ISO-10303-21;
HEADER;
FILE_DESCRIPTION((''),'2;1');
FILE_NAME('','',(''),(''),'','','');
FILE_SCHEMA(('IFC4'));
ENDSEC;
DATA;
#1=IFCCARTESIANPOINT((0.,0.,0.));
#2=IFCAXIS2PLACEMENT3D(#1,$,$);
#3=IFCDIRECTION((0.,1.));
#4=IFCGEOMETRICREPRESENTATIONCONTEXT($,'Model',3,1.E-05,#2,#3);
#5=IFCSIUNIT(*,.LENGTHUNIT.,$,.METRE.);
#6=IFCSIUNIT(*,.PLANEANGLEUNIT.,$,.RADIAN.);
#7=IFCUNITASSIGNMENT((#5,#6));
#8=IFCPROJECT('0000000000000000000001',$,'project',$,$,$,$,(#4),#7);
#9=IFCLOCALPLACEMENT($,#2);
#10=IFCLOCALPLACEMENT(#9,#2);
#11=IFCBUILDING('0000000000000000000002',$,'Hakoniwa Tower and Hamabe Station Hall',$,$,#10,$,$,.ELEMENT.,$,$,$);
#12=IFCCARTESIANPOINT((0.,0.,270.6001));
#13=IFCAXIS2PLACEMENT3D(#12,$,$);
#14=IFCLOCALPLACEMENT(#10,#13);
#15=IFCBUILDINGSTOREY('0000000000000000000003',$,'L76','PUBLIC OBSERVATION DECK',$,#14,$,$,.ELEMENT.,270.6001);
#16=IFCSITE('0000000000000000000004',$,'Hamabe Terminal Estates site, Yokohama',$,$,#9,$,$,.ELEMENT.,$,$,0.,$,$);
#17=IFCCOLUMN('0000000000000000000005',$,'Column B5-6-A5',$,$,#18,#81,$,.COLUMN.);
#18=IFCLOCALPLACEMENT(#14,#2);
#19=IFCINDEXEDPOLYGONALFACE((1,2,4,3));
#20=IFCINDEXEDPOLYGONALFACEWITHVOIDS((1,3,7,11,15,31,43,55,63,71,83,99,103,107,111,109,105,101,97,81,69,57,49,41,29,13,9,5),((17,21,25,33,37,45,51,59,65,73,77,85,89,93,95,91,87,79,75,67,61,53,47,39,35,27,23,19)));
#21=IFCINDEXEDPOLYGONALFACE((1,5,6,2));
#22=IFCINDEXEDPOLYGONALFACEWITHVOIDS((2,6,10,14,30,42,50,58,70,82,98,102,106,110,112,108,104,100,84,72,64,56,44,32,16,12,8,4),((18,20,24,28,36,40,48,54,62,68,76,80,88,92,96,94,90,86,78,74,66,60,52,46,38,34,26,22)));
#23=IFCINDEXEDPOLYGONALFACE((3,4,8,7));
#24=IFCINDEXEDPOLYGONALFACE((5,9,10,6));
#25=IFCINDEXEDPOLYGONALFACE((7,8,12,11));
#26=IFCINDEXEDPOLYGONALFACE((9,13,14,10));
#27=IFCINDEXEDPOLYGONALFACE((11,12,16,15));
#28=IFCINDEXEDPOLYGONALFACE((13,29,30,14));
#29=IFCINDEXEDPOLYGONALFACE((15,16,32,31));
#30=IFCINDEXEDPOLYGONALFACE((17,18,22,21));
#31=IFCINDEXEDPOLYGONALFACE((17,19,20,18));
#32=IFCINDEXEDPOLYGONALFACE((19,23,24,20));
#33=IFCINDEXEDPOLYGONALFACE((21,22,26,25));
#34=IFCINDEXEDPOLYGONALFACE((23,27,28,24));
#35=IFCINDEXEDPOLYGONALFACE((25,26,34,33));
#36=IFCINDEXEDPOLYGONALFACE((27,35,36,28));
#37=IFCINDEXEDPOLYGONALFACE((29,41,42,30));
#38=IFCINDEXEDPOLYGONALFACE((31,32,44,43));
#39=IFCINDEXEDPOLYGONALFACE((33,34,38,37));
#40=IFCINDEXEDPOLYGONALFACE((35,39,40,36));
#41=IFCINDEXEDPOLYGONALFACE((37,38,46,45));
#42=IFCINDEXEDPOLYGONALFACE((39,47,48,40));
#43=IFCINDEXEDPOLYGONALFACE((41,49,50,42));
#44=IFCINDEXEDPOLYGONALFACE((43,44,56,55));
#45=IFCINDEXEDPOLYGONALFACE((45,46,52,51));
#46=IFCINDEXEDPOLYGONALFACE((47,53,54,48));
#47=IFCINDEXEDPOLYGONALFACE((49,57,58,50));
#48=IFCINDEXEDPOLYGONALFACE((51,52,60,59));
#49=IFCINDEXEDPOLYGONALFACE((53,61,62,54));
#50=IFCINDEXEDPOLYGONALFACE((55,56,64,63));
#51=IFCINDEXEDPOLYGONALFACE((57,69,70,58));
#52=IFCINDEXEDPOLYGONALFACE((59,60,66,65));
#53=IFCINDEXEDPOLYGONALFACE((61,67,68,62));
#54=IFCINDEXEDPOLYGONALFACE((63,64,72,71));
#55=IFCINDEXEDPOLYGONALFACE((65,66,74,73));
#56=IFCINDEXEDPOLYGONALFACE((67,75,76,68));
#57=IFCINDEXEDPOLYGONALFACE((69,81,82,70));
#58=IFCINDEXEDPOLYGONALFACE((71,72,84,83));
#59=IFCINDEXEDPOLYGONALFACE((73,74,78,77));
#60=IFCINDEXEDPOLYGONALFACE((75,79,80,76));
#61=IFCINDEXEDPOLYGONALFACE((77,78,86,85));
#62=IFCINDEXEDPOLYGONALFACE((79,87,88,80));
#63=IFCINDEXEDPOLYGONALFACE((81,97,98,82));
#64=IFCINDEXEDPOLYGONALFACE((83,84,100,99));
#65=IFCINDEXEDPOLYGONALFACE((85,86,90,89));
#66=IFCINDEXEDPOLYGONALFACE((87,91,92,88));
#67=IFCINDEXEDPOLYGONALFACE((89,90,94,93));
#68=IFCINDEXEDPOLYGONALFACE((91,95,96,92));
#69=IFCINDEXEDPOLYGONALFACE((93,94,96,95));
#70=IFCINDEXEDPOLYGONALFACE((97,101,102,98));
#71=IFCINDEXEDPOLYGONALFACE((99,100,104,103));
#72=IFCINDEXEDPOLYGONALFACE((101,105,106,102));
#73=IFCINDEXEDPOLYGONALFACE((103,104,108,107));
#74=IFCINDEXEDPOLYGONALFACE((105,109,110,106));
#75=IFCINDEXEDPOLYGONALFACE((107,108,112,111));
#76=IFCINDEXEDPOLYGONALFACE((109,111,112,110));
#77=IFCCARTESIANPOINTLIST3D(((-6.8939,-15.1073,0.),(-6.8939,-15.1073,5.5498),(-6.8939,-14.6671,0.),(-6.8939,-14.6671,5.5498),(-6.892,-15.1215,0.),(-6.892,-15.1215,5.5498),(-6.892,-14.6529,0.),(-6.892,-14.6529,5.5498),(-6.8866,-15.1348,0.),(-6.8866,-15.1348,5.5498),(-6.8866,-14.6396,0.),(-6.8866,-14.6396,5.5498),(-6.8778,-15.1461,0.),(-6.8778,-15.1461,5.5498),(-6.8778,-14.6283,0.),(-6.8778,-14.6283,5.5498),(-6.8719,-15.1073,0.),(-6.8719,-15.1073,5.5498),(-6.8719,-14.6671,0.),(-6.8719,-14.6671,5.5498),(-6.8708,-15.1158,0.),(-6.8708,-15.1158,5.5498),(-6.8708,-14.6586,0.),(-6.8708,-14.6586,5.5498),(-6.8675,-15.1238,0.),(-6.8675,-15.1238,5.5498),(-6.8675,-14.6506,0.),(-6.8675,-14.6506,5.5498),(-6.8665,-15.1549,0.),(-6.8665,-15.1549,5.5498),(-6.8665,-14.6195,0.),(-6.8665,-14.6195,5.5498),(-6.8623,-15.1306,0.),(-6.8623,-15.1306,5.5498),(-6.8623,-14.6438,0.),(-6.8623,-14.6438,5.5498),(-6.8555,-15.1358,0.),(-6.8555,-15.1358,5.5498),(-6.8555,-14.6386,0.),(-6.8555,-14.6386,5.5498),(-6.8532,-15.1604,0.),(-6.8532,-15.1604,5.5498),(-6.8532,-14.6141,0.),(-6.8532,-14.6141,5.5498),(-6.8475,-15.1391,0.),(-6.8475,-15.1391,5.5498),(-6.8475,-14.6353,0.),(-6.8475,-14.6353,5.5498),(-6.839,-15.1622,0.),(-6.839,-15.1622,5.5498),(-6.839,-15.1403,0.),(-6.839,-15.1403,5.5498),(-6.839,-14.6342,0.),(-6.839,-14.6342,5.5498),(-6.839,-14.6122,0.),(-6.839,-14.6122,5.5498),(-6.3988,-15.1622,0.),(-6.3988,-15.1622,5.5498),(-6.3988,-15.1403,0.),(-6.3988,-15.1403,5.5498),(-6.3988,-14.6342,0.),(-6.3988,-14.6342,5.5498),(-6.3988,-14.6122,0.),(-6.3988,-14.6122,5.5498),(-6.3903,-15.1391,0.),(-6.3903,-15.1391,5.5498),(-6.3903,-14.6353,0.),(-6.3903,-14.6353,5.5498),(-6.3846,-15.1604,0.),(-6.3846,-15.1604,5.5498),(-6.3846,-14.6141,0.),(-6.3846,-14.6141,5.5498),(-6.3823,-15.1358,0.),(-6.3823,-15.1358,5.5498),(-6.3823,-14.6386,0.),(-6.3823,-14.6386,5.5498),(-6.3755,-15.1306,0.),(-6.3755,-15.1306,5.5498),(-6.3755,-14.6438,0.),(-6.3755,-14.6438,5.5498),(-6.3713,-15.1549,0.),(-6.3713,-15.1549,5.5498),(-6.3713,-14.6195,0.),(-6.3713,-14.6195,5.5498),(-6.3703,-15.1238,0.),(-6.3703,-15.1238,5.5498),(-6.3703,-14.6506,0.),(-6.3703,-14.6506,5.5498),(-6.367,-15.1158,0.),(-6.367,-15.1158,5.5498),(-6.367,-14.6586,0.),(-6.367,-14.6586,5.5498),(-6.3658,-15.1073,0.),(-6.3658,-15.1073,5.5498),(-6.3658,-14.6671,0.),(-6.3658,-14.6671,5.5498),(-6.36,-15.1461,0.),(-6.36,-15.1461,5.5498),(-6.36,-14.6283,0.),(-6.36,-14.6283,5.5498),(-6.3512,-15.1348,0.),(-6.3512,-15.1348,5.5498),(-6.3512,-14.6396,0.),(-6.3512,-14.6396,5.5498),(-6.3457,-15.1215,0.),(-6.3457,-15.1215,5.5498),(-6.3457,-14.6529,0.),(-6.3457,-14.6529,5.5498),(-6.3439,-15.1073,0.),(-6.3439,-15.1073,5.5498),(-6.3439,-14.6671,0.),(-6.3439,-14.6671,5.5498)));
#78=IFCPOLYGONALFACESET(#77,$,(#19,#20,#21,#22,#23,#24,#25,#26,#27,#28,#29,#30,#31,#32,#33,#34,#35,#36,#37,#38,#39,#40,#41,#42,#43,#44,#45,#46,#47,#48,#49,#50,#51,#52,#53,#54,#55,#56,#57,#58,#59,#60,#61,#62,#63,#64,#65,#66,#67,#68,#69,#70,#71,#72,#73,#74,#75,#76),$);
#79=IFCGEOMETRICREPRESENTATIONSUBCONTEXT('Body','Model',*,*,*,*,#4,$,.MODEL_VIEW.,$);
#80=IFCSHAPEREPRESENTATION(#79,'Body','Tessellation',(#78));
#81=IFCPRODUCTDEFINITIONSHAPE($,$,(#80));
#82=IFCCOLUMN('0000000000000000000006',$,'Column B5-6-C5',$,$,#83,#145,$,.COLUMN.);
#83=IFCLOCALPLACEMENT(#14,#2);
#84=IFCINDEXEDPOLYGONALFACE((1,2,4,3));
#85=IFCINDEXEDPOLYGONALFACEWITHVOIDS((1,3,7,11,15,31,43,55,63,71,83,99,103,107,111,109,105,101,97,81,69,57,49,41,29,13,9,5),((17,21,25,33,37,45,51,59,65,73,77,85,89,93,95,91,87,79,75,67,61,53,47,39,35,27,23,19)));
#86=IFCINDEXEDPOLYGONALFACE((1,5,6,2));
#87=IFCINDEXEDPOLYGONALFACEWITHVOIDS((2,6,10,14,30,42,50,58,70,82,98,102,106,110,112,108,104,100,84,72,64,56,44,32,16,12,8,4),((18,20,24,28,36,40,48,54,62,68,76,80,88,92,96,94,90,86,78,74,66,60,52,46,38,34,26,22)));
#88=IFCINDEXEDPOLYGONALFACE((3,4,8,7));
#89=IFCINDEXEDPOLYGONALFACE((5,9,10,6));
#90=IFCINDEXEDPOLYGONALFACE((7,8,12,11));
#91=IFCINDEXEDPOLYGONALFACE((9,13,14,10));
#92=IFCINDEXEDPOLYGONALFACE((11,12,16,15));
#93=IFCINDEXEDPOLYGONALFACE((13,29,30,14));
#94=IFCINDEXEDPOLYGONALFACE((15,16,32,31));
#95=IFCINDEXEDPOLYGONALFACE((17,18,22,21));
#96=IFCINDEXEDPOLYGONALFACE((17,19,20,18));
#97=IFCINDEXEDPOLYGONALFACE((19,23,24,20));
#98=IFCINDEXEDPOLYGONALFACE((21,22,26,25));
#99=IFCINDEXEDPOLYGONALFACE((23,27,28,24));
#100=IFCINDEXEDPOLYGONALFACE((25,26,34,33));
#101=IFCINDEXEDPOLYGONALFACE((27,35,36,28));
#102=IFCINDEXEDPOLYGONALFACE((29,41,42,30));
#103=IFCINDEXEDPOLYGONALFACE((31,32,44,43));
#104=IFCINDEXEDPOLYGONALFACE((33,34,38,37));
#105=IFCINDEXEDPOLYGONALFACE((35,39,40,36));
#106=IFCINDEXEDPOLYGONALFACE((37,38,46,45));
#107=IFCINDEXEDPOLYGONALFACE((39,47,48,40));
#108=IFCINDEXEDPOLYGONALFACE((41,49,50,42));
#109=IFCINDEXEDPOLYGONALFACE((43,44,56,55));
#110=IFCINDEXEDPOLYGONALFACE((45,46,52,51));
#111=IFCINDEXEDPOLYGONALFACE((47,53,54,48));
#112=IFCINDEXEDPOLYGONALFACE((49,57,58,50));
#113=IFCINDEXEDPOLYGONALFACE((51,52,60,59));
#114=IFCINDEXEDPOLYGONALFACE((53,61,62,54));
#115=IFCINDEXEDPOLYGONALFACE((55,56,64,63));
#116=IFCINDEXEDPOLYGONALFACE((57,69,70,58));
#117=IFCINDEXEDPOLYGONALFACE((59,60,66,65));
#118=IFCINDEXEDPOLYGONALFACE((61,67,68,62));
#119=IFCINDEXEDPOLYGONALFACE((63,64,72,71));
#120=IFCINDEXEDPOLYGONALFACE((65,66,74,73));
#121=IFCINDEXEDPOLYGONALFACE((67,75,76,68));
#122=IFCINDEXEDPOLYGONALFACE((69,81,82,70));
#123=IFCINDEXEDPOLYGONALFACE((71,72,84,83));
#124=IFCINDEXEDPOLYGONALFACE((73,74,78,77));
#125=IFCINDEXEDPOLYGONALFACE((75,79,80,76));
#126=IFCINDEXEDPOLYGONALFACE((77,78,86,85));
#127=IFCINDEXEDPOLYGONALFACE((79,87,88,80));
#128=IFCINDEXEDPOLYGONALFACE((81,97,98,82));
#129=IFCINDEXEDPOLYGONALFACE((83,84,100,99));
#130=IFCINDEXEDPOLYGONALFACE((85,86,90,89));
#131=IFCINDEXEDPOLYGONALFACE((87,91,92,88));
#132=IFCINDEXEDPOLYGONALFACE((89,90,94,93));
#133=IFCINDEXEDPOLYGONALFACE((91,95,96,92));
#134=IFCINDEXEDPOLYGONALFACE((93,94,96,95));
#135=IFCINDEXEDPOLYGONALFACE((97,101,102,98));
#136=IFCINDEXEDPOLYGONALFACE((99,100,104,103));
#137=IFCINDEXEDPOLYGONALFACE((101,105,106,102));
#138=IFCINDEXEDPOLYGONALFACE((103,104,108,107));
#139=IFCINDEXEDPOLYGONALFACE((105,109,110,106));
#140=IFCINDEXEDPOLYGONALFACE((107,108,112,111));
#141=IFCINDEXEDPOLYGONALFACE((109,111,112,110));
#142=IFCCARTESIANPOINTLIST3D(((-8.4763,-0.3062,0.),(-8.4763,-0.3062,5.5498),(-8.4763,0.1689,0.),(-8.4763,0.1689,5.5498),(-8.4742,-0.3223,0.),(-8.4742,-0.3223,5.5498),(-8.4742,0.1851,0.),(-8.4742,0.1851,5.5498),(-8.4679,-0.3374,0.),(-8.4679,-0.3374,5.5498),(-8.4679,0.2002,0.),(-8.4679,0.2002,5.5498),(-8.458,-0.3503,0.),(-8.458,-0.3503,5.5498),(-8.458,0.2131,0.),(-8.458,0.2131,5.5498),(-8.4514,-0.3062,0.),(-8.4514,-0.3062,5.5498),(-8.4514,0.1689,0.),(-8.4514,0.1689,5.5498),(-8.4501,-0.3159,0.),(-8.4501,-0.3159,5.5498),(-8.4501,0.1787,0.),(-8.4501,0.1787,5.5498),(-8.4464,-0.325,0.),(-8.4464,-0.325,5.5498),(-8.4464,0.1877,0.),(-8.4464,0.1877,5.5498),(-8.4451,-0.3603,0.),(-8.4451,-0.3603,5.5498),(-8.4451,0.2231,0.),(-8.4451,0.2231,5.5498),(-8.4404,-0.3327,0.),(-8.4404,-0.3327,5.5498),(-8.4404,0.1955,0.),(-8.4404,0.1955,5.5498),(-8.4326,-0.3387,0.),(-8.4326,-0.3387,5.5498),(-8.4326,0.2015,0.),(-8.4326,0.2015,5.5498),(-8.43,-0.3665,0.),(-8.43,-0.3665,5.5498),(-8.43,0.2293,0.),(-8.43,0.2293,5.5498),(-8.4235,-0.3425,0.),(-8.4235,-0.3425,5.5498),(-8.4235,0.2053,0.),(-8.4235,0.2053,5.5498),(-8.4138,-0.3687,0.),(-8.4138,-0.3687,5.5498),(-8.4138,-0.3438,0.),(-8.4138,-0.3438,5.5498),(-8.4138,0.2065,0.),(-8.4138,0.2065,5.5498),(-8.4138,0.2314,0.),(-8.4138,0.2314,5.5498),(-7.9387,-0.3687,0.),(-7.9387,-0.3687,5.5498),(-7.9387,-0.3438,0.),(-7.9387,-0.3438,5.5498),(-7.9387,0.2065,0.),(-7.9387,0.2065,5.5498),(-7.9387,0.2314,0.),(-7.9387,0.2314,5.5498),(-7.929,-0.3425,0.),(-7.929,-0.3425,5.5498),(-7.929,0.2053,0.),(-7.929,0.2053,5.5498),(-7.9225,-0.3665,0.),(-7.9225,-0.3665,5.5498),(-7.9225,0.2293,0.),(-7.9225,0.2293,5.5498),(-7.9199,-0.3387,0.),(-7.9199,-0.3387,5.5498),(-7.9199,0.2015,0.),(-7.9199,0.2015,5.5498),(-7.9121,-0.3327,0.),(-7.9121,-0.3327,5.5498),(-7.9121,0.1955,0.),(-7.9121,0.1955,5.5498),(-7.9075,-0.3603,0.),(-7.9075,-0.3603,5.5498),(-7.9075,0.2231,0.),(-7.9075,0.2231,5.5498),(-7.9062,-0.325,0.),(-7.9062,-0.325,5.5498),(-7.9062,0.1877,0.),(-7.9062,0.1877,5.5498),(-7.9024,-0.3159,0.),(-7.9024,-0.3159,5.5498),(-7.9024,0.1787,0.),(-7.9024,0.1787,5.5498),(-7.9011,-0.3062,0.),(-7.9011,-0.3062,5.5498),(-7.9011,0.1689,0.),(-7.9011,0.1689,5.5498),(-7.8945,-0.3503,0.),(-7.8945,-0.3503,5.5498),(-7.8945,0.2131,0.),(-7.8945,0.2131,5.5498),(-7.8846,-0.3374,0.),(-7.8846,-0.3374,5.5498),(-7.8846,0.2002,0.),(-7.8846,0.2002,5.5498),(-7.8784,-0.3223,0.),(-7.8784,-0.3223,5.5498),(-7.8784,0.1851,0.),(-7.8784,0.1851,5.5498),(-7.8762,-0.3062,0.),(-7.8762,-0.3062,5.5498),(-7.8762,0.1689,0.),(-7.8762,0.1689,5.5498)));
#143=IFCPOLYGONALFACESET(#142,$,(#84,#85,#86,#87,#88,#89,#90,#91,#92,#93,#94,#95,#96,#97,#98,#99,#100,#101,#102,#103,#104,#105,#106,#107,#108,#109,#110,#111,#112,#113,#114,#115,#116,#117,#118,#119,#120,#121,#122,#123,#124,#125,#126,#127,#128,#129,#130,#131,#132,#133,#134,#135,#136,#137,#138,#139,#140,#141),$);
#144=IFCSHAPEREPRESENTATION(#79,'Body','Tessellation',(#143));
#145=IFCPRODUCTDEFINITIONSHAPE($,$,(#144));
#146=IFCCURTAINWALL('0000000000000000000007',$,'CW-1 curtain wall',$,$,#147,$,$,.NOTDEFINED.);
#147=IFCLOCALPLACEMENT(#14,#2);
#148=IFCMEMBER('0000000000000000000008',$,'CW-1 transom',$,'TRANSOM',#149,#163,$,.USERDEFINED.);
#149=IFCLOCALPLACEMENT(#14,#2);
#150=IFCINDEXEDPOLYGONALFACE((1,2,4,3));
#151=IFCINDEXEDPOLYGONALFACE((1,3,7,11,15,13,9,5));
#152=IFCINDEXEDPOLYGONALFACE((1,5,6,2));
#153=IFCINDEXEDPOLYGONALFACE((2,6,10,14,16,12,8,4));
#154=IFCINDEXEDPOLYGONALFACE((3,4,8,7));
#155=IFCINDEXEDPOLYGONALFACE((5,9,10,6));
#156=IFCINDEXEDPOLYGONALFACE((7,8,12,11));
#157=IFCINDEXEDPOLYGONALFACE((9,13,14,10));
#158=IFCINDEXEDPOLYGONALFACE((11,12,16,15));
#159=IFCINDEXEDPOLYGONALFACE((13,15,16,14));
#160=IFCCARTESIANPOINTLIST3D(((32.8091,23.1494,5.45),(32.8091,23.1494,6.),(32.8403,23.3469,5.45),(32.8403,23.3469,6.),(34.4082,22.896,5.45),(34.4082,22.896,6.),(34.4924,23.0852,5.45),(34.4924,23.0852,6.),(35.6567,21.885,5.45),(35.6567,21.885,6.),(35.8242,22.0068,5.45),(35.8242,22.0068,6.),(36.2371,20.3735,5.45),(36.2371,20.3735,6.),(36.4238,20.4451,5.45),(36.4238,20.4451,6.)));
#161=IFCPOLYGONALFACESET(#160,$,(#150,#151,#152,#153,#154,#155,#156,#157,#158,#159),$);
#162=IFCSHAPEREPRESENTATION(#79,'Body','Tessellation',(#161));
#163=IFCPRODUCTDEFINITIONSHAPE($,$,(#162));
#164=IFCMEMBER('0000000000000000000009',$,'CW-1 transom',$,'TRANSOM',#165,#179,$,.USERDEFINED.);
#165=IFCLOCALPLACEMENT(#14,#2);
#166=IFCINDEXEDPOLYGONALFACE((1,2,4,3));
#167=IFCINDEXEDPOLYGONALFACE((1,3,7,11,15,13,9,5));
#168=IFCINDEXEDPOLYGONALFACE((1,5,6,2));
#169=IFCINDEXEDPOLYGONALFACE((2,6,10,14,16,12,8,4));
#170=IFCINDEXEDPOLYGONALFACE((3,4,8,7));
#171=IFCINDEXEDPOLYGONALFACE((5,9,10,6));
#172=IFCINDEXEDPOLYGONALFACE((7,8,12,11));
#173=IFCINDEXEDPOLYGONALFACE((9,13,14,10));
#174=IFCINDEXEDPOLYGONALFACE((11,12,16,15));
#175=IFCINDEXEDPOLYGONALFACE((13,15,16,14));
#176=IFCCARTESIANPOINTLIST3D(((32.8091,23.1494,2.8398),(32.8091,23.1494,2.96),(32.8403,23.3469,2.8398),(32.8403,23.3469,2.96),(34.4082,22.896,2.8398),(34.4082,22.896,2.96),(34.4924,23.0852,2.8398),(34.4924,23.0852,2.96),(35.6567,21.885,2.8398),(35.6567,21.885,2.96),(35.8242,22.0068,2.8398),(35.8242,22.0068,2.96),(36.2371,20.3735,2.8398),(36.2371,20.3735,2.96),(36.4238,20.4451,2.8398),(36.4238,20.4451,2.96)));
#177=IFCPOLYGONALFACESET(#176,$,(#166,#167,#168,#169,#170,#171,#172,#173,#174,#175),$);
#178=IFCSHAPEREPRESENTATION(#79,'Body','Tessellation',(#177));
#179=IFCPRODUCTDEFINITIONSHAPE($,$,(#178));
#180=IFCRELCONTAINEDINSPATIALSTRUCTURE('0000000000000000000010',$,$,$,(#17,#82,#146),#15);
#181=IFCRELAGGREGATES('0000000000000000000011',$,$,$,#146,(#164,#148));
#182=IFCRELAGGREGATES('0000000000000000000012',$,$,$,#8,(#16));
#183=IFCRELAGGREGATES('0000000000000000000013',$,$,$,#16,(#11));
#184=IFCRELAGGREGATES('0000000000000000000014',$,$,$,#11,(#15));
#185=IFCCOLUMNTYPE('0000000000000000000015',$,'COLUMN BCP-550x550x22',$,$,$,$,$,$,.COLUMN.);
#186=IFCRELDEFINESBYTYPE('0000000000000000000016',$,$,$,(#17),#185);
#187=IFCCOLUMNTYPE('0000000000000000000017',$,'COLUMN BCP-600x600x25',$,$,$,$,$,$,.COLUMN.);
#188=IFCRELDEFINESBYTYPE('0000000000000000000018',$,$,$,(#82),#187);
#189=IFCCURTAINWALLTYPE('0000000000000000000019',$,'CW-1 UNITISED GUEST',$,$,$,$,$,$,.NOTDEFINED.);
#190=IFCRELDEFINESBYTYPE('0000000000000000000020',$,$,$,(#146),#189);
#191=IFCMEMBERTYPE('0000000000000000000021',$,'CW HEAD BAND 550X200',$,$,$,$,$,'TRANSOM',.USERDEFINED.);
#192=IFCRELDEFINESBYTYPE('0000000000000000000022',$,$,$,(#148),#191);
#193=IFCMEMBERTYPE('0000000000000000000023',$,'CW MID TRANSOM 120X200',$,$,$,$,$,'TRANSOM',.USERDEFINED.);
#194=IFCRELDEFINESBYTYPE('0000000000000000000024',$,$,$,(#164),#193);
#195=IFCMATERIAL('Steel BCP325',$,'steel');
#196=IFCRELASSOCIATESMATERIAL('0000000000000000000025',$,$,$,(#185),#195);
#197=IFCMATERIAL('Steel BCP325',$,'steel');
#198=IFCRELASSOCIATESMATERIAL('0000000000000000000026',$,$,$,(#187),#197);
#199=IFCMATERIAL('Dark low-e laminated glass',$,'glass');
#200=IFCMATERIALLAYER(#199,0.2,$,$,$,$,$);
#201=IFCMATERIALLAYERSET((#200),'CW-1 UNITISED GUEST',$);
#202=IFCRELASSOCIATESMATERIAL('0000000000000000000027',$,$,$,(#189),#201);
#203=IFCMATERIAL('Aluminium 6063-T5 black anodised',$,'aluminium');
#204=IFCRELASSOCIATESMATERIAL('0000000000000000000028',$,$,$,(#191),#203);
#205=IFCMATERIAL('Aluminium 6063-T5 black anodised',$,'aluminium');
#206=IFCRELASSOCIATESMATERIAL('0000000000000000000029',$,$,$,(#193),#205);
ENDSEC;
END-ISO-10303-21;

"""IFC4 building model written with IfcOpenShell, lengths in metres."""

from ifc_helpers import new_model, si_unit, direction, frame, origin, origin_2d, place, context, subcontext, project, spatial, polyline, rectangle, hollow_rectangle, outline, extrude, material, layer, layer_set, material_profile, profile_set, type_object, element, aggregate, save


model = new_model("IFC4")

# Units and contexts
model_context = context("Model", 3, precision=1e-05, world=origin(), true_north=direction((0.0, 1.0)))
body_context = subcontext(model_context, "Body", "Model", "MODEL_VIEW")
ifc_project = project(units=[si_unit("LENGTHUNIT", "METRE"), si_unit("PLANEANGLEUNIT", "RADIAN")], contexts=[model_context])

# Site, building, storey
site_placement = place(None, origin())
site = spatial("IfcSite", under=ifc_project, at=site_placement, Name="Hamabe Terminal Estates site, Yokohama", CompositionType="ELEMENT", RefElevation=0.0)
building_placement = place(site_placement, origin())
building = spatial("IfcBuilding", under=site, at=building_placement, Name="Hakoniwa Tower and Hamabe Station Hall", CompositionType="ELEMENT")
storey_placement = place(building_placement, frame((0.0, 0.0, 270.6001)))
storey = spatial("IfcBuildingStorey", under=building, at=storey_placement, Name="L76", Description="PUBLIC OBSERVATION DECK", CompositionType="ELEMENT", Elevation=270.6001)

# Columns
ifc_material_1 = material(Name="Steel BCP325", Category="steel")
ifc_material_profile_1 = material_profile(ifc_material_1, hollow_rectangle(XDim=0.55, YDim=0.55, WallThickness=0.022, InnerFilletRadius=0.033, OuterFilletRadius=0.0549, at=origin_2d()), Name="BCP-550x550x22")
ifc_profile_set_1 = profile_set([ifc_material_profile_1], Name="Steel BCP325")
column_type_1 = type_object("IfcColumnType", Name="COLUMN BCP-550x550x22", PredefinedType="COLUMN", material=ifc_profile_set_1)
column_1_placement = place(storey_placement, frame((-6.6189, -14.8872, 0.0), z_axis=(0.0, 0.0, 1.0), x_axis=(1.0, 0.0, 0.0)))
element("IfcColumn", 1, at=column_1_placement, inside=storey, type_object=column_type_1, Name="Column B5-6-A5", PredefinedType="COLUMN", context=body_context, shape_type="SweptSolid", body=[
    extrude(hollow_rectangle(XDim=0.55, YDim=0.55, WallThickness=0.022, InnerFilletRadius=0.033, OuterFilletRadius=0.0549, at=origin_2d()), origin(), (0.0, 0.0, 1.0), 5.5498),
])
ifc_material_2 = material(Name="Steel BCP325", Category="steel")
ifc_material_profile_2 = material_profile(ifc_material_2, hollow_rectangle(XDim=0.6001, YDim=0.6001, WallThickness=0.0249, InnerFilletRadius=0.0376, OuterFilletRadius=0.0625, at=origin_2d()), Name="BCP-600x600x25")
ifc_profile_set_2 = profile_set([ifc_material_profile_2], Name="Steel BCP325")
column_type_2 = type_object("IfcColumnType", Name="COLUMN BCP-600x600x25", PredefinedType="COLUMN", material=ifc_profile_set_2)
column_2_placement = place(storey_placement, frame((-8.1763, -0.0686, 0.0), z_axis=(0.0, 0.0, 1.0), x_axis=(1.0, 0.0, 0.0)))
element("IfcColumn", 2, at=column_2_placement, inside=storey, type_object=column_type_2, Name="Column B5-6-C5", PredefinedType="COLUMN", context=body_context, shape_type="SweptSolid", body=[
    extrude(hollow_rectangle(XDim=0.6001, YDim=0.6001, WallThickness=0.0249, InnerFilletRadius=0.0376, OuterFilletRadius=0.0625, at=origin_2d()), origin(), (0.0, 0.0, 1.0), 5.5498),
])

# Curtain wall, members
ifc_material_3 = material(Name="Dark low-e laminated glass", Category="glass")
ifc_layer_1 = layer(ifc_material_3, 0.2)
ifc_layer_set_1 = layer_set([ifc_layer_1], Name="CW-1 UNITISED GUEST")
curtain_wall_type = type_object("IfcCurtainWallType", Name="CW-1 UNITISED GUEST", PredefinedType="NOTDEFINED", material=ifc_layer_set_1)
curtain_wall_1_placement = place(storey_placement, origin())
curtain_wall_1 = element("IfcCurtainWall", 3, at=curtain_wall_1_placement, inside=storey, type_object=curtain_wall_type, Name="CW-1 curtain wall", PredefinedType="NOTDEFINED")
ifc_material_4 = material(Name="Aluminium 6063-T5 black anodised", Category="aluminium")
ifc_material_profile_3 = material_profile(ifc_material_4, rectangle(XDim=0.2, YDim=0.55, at=origin_2d()), Name="CW HEAD BAND 550X200")
ifc_profile_set_3 = profile_set([ifc_material_profile_3], Name="Aluminium 6063-T5 black anodised")
member_type_1 = type_object("IfcMemberType", Name="CW HEAD BAND 550X200", ElementType="TRANSOM", PredefinedType="USERDEFINED", material=ifc_profile_set_3)
member_1_placement = place(storey_placement, frame((0.0, 0.0, 5.45)))
member_1 = element("IfcMember", 4, at=member_1_placement, type_object=member_type_1, Name="CW-1 transom", ObjectType="TRANSOM", PredefinedType="USERDEFINED", context=body_context, shape_type="SweptSolid", body=[
    extrude(outline(polyline([(36.4238, 20.4451), (35.8242, 22.0068), (34.4924, 23.0852), (32.8403, 23.3469), (32.8091, 23.1494), (34.4082, 22.896), (35.6567, 21.885), (36.2371, 20.3735), (36.4238, 20.4451)])), origin(), (0.0, 0.0, 1.0), 0.55),
])
ifc_material_5 = material(Name="Aluminium 6063-T5 black anodised", Category="aluminium")
ifc_material_profile_4 = material_profile(ifc_material_5, rectangle(XDim=0.2, YDim=0.1201, at=origin_2d()), Name="CW MID TRANSOM 120X200")
ifc_profile_set_4 = profile_set([ifc_material_profile_4], Name="Aluminium 6063-T5 black anodised")
member_type_2 = type_object("IfcMemberType", Name="CW MID TRANSOM 120X200", ElementType="TRANSOM", PredefinedType="USERDEFINED", material=ifc_profile_set_4)
member_2_placement = place(storey_placement, frame((0.0, 0.0, 2.8398)))
member_2 = element("IfcMember", 5, at=member_2_placement, type_object=member_type_2, Name="CW-1 transom", ObjectType="TRANSOM", PredefinedType="USERDEFINED", context=body_context, shape_type="SweptSolid", body=[
    extrude(outline(polyline([(36.4238, 20.4451), (35.8242, 22.0068), (34.4924, 23.0852), (32.8403, 23.3469), (32.8091, 23.1494), (34.4082, 22.896), (35.6567, 21.885), (36.2371, 20.3735), (36.4238, 20.4451)])), origin(), (0.0, 0.0, 1.0), 0.1201),
])
aggregate(curtain_wall_1, [member_2, member_1])

save(model, "model.ifc")
